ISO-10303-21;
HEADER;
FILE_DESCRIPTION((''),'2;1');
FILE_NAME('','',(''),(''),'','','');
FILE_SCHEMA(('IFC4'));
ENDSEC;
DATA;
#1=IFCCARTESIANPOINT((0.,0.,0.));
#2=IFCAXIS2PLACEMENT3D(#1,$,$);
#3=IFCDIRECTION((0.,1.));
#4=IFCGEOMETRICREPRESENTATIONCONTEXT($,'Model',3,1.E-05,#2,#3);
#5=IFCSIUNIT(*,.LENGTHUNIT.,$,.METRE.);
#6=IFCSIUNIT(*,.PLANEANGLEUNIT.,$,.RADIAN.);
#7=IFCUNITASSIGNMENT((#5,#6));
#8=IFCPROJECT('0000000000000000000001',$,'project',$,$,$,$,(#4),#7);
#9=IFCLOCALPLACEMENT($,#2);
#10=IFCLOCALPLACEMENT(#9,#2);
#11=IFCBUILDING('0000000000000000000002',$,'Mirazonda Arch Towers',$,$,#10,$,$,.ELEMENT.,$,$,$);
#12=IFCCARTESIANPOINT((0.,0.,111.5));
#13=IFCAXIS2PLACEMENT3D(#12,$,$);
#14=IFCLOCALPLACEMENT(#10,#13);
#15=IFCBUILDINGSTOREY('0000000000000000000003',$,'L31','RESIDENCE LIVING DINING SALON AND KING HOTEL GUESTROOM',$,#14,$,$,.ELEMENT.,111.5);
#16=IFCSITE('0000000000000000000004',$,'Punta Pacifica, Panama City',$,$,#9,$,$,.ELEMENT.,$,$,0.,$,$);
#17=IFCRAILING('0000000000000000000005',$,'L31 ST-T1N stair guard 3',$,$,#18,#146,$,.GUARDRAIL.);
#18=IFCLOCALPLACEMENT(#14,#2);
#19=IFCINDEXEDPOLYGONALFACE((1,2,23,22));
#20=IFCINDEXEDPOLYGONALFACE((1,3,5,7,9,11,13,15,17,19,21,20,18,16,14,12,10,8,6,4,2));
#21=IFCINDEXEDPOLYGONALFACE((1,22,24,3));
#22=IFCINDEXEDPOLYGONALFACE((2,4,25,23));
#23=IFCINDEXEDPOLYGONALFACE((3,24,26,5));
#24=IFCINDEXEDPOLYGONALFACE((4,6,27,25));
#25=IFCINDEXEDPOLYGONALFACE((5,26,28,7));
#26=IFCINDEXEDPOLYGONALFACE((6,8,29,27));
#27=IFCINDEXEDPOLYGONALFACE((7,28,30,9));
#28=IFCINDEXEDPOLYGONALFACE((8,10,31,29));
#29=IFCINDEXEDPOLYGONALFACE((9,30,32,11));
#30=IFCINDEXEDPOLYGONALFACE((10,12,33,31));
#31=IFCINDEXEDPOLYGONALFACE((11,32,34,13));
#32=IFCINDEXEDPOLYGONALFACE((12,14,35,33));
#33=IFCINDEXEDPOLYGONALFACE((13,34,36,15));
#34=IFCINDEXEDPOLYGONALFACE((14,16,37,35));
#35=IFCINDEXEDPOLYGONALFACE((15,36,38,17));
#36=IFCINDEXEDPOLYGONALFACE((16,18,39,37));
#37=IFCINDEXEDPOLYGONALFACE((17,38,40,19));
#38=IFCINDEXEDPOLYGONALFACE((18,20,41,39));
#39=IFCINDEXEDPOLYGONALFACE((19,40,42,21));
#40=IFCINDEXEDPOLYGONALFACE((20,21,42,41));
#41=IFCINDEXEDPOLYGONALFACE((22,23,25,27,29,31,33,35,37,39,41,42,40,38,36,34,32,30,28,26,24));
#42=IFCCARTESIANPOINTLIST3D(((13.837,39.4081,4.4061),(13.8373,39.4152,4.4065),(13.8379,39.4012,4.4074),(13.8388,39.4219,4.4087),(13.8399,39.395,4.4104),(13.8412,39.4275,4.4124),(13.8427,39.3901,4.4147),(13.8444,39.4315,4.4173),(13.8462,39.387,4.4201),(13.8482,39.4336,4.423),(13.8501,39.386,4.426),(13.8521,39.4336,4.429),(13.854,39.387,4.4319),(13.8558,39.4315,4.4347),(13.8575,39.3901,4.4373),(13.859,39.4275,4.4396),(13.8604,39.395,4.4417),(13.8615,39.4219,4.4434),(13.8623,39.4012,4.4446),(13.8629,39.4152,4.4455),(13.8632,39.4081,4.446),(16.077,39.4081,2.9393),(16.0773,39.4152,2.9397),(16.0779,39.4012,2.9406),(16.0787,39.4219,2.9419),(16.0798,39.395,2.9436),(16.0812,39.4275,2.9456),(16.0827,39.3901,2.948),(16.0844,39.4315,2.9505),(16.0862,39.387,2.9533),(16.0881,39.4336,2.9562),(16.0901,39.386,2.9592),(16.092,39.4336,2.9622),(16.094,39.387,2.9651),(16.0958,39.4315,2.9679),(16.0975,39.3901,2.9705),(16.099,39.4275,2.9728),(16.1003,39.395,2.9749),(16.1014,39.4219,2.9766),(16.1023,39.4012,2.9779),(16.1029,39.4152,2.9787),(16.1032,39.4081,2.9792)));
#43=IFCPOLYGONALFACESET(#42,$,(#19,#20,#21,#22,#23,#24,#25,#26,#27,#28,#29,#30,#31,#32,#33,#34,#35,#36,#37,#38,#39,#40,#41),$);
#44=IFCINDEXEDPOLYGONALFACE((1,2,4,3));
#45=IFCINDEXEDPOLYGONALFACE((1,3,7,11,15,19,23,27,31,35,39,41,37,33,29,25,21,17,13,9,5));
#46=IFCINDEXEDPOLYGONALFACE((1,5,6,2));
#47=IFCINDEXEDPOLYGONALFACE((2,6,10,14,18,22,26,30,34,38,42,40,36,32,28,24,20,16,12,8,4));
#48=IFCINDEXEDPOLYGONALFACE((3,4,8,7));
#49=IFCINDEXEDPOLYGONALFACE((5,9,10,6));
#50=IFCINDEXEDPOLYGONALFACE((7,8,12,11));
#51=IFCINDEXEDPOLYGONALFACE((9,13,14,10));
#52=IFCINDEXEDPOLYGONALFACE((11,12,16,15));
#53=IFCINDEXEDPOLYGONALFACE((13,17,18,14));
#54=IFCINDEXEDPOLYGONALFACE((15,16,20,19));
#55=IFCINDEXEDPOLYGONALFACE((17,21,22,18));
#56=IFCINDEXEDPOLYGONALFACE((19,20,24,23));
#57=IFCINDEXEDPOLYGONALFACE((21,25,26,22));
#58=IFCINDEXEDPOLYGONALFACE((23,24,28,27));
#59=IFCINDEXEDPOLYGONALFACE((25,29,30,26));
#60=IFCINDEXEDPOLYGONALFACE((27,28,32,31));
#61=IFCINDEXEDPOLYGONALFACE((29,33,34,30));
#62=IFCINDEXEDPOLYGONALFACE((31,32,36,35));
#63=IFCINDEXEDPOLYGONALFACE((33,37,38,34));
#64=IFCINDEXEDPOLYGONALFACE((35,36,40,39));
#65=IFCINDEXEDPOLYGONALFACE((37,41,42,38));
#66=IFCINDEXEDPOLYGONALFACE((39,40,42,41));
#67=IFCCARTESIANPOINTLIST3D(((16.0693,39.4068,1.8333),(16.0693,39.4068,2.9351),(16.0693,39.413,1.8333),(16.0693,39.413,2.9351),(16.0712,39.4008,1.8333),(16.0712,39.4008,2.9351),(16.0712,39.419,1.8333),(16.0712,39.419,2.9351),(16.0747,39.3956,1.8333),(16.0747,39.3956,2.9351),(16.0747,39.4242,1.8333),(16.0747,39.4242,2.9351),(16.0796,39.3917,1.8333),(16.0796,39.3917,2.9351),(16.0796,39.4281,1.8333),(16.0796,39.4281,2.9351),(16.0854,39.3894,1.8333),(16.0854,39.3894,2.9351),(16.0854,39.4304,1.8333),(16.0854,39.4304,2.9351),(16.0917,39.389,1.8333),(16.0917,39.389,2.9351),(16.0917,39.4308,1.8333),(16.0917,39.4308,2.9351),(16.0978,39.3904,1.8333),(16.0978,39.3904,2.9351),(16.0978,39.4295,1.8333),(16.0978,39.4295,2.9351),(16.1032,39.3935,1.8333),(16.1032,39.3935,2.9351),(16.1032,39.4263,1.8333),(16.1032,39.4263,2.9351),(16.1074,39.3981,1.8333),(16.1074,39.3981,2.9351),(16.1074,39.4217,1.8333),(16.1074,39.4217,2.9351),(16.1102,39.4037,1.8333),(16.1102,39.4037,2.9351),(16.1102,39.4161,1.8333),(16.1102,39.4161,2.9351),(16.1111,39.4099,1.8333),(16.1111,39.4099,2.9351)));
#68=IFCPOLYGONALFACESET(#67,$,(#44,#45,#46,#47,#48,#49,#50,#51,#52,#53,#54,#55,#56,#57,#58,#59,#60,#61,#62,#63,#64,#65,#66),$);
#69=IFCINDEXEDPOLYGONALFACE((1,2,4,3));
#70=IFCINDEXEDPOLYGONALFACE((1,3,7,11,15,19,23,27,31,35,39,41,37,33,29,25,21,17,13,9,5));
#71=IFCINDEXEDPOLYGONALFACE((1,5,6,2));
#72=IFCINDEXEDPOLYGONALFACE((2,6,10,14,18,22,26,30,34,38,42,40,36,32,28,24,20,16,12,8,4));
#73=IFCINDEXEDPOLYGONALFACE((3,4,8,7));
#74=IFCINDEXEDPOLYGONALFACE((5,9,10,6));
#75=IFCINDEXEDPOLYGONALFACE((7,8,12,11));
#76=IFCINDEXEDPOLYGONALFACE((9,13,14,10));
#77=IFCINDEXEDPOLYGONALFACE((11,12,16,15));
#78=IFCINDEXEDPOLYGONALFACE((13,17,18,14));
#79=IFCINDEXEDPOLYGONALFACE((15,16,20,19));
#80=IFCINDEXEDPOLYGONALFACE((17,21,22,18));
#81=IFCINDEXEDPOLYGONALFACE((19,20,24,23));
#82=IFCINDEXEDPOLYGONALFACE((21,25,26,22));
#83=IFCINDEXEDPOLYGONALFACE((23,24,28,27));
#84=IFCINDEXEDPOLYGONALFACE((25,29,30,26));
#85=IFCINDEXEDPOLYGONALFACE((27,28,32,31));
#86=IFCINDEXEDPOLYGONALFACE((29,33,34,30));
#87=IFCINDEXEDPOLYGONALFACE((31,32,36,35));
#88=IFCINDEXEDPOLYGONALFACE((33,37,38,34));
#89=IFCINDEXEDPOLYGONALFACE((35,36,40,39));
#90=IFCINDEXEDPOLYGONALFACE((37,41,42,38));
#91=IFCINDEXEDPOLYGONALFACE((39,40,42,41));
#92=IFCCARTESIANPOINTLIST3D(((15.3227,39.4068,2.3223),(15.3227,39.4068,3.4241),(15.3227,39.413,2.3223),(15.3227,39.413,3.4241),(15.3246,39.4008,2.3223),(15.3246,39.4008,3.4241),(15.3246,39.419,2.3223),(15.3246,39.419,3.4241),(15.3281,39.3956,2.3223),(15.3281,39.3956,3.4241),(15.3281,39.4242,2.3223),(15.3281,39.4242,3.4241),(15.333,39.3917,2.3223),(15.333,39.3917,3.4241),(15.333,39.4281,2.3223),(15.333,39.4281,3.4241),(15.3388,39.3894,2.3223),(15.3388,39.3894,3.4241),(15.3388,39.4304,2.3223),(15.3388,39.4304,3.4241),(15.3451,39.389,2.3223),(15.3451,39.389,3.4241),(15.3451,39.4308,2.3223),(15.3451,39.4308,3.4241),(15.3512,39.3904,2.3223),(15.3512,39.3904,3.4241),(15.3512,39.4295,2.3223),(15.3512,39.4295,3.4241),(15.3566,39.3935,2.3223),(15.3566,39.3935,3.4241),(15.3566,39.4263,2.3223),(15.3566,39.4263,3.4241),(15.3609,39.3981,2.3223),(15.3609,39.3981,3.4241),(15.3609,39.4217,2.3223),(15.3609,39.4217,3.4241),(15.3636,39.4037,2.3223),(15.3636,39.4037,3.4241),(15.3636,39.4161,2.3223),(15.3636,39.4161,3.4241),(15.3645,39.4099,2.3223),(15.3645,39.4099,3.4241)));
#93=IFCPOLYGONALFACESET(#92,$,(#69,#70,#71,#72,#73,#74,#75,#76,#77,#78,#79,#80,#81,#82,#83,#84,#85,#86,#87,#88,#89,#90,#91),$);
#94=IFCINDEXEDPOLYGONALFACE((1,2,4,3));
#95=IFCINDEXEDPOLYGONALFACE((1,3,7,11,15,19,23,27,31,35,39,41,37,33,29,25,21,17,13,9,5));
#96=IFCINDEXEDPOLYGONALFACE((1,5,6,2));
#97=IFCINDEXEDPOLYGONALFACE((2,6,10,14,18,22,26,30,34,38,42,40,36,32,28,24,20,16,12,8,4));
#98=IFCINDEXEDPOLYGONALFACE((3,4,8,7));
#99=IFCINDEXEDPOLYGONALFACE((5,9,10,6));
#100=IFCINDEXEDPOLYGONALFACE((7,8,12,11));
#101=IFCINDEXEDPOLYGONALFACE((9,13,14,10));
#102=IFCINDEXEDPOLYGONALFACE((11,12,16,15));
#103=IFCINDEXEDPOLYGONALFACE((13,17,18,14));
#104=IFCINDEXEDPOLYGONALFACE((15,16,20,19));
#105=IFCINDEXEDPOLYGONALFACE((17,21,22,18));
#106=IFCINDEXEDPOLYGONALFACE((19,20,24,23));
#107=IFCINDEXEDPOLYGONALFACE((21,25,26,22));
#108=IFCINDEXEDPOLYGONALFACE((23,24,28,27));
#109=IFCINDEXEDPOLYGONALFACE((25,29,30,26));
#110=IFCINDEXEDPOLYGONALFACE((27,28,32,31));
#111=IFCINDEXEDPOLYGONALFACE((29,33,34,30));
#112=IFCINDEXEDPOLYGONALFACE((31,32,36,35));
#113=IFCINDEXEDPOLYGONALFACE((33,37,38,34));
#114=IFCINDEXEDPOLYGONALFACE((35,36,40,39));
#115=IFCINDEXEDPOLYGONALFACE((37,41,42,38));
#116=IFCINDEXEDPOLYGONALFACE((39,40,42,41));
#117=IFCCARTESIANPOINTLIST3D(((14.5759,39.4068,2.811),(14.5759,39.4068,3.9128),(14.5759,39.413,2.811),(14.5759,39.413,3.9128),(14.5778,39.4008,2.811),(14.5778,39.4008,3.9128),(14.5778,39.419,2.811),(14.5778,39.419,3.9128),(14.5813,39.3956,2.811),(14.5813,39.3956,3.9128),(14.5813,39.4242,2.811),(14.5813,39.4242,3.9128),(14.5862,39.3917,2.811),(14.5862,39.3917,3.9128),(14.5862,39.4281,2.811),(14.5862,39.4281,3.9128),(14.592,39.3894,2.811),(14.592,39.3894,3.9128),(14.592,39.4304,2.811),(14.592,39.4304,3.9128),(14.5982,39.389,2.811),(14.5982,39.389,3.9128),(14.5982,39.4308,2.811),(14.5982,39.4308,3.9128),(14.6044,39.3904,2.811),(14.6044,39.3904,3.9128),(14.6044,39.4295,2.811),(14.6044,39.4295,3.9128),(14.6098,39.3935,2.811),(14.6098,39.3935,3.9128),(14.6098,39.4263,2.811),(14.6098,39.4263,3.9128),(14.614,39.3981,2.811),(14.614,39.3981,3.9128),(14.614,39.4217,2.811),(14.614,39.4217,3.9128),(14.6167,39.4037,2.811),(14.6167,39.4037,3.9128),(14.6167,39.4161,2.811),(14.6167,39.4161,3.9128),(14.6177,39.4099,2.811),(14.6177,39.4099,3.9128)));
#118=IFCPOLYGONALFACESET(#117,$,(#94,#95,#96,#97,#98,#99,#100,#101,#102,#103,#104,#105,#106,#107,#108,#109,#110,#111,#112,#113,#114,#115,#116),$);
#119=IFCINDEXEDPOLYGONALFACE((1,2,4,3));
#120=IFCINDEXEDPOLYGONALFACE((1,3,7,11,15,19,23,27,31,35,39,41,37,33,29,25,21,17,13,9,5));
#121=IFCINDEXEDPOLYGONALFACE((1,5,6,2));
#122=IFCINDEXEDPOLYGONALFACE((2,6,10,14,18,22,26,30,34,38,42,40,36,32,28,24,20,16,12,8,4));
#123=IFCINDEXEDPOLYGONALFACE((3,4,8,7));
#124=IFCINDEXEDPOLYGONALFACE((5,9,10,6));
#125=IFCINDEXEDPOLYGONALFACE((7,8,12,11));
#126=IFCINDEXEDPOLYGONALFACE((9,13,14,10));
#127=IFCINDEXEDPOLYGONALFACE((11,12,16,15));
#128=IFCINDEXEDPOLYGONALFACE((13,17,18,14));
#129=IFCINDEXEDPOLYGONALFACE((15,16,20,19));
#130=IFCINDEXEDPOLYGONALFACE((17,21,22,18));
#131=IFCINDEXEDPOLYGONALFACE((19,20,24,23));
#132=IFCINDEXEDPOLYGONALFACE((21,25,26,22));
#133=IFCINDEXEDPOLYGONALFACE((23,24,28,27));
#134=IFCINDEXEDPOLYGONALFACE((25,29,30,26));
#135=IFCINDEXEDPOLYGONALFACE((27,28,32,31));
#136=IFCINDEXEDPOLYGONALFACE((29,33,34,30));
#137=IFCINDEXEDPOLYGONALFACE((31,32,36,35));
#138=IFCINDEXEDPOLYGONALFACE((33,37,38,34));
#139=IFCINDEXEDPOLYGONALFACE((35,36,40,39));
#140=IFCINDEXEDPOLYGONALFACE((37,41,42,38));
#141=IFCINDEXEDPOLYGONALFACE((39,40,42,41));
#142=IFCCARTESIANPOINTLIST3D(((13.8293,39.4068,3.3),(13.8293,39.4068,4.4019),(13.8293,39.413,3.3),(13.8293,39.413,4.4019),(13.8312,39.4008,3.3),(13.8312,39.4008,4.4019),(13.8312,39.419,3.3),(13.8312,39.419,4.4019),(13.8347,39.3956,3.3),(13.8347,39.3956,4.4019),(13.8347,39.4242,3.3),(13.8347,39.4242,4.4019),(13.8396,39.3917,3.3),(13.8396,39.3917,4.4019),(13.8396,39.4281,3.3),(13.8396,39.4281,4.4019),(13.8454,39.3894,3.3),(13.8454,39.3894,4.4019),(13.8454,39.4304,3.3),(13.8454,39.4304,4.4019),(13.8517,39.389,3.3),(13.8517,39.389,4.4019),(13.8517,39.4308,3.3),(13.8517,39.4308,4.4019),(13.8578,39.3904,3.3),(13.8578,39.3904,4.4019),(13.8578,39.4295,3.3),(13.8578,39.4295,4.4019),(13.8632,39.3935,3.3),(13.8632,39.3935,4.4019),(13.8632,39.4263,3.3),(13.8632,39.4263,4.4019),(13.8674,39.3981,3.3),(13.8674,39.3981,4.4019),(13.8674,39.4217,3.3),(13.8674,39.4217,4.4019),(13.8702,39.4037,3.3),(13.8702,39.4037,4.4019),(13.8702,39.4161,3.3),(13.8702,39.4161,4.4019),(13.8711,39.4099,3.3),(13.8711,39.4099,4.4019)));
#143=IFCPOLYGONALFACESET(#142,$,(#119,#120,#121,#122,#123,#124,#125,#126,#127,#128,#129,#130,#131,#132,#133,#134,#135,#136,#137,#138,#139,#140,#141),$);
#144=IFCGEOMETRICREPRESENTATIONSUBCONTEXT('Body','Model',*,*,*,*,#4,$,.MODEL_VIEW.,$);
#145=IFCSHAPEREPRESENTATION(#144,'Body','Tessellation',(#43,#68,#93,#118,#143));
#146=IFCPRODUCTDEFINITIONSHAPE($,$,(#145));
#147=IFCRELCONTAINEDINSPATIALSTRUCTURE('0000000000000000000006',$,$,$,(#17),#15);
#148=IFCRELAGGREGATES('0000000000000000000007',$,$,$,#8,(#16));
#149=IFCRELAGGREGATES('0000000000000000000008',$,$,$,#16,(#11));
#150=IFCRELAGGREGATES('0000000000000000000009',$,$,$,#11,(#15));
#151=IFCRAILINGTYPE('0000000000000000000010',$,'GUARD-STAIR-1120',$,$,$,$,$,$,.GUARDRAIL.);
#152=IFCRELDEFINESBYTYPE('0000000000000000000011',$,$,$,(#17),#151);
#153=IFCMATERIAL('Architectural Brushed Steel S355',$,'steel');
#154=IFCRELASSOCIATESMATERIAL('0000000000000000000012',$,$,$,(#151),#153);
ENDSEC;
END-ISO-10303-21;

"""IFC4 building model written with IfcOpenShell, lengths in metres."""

from ifc_helpers import new_model, si_unit, direction, frame, origin, origin_2d, place, context, subcontext, project, spatial, circle, extrude, material, type_object, element, save


model = new_model("IFC4")

# Units and contexts
model_context = context("Model", 3, precision=1e-05, world=origin(), true_north=direction((0.0, 1.0)))
body_context = subcontext(model_context, "Body", "Model", "MODEL_VIEW")
ifc_project = project(units=[si_unit("LENGTHUNIT", "METRE"), si_unit("PLANEANGLEUNIT", "RADIAN")], contexts=[model_context])

# Site, building, storey
site_placement = place(None, origin())
site = spatial("IfcSite", under=ifc_project, at=site_placement, Name="Punta Pacifica, Panama City", CompositionType="ELEMENT", RefElevation=0.0)
building_placement = place(site_placement, origin())
building = spatial("IfcBuilding", under=site, at=building_placement, Name="Mirazonda Arch Towers", CompositionType="ELEMENT")
storey_placement = place(building_placement, frame((0.0, 0.0, 111.5)))
storey = spatial("IfcBuildingStorey", under=building, at=storey_placement, Name="L31", Description="RESIDENCE LIVING DINING SALON AND KING HOTEL GUESTROOM", CompositionType="ELEMENT", Elevation=111.5)

# Shared definitions
ifc_material_1 = material(Name="Architectural Brushed Steel S355", Category="steel")

# Railing
railing_type_1 = type_object("IfcRailingType", Name="GUARD-STAIR-1120", PredefinedType="GUARDRAIL", material=ifc_material_1)
railing_1_placement = place(storey_placement, frame((16.0901, 39.4099, 1.8333)))
element("IfcRailing", 1, at=railing_1_placement, inside=storey, type_object=railing_type_1, Name="L31 ST-T1N stair guard 3", PredefinedType="GUARDRAIL", context=body_context, shape_type="SweptSolid", body=[
    extrude(circle(Radius=0.0239, at=origin_2d()), frame((0.0, 0.0, 1.126), z_axis=(-0.836595, 0.0, 0.547822), x_axis=(0.0, -1.0, 0.0)), (0.0, 0.0, 1.0), 2.6775),
    extrude(circle(Radius=0.021, at=origin_2d()), origin(), (0.0, 0.0, 1.0), 1.1018),
    extrude(circle(Radius=0.021, at=origin_2d()), frame((-0.7466, 0.0, 0.489)), (0.0, 0.0, 1.0), 1.1018),
    extrude(circle(Radius=0.021, at=origin_2d()), frame((-1.4934, 0.0, 0.9778)), (0.0, 0.0, 1.0), 1.1018),
    extrude(circle(Radius=0.021, at=origin_2d()), frame((-2.24, 0.0, 1.4668)), (0.0, 0.0, 1.0), 1.1018),
])

save(model, "model.ifc")
